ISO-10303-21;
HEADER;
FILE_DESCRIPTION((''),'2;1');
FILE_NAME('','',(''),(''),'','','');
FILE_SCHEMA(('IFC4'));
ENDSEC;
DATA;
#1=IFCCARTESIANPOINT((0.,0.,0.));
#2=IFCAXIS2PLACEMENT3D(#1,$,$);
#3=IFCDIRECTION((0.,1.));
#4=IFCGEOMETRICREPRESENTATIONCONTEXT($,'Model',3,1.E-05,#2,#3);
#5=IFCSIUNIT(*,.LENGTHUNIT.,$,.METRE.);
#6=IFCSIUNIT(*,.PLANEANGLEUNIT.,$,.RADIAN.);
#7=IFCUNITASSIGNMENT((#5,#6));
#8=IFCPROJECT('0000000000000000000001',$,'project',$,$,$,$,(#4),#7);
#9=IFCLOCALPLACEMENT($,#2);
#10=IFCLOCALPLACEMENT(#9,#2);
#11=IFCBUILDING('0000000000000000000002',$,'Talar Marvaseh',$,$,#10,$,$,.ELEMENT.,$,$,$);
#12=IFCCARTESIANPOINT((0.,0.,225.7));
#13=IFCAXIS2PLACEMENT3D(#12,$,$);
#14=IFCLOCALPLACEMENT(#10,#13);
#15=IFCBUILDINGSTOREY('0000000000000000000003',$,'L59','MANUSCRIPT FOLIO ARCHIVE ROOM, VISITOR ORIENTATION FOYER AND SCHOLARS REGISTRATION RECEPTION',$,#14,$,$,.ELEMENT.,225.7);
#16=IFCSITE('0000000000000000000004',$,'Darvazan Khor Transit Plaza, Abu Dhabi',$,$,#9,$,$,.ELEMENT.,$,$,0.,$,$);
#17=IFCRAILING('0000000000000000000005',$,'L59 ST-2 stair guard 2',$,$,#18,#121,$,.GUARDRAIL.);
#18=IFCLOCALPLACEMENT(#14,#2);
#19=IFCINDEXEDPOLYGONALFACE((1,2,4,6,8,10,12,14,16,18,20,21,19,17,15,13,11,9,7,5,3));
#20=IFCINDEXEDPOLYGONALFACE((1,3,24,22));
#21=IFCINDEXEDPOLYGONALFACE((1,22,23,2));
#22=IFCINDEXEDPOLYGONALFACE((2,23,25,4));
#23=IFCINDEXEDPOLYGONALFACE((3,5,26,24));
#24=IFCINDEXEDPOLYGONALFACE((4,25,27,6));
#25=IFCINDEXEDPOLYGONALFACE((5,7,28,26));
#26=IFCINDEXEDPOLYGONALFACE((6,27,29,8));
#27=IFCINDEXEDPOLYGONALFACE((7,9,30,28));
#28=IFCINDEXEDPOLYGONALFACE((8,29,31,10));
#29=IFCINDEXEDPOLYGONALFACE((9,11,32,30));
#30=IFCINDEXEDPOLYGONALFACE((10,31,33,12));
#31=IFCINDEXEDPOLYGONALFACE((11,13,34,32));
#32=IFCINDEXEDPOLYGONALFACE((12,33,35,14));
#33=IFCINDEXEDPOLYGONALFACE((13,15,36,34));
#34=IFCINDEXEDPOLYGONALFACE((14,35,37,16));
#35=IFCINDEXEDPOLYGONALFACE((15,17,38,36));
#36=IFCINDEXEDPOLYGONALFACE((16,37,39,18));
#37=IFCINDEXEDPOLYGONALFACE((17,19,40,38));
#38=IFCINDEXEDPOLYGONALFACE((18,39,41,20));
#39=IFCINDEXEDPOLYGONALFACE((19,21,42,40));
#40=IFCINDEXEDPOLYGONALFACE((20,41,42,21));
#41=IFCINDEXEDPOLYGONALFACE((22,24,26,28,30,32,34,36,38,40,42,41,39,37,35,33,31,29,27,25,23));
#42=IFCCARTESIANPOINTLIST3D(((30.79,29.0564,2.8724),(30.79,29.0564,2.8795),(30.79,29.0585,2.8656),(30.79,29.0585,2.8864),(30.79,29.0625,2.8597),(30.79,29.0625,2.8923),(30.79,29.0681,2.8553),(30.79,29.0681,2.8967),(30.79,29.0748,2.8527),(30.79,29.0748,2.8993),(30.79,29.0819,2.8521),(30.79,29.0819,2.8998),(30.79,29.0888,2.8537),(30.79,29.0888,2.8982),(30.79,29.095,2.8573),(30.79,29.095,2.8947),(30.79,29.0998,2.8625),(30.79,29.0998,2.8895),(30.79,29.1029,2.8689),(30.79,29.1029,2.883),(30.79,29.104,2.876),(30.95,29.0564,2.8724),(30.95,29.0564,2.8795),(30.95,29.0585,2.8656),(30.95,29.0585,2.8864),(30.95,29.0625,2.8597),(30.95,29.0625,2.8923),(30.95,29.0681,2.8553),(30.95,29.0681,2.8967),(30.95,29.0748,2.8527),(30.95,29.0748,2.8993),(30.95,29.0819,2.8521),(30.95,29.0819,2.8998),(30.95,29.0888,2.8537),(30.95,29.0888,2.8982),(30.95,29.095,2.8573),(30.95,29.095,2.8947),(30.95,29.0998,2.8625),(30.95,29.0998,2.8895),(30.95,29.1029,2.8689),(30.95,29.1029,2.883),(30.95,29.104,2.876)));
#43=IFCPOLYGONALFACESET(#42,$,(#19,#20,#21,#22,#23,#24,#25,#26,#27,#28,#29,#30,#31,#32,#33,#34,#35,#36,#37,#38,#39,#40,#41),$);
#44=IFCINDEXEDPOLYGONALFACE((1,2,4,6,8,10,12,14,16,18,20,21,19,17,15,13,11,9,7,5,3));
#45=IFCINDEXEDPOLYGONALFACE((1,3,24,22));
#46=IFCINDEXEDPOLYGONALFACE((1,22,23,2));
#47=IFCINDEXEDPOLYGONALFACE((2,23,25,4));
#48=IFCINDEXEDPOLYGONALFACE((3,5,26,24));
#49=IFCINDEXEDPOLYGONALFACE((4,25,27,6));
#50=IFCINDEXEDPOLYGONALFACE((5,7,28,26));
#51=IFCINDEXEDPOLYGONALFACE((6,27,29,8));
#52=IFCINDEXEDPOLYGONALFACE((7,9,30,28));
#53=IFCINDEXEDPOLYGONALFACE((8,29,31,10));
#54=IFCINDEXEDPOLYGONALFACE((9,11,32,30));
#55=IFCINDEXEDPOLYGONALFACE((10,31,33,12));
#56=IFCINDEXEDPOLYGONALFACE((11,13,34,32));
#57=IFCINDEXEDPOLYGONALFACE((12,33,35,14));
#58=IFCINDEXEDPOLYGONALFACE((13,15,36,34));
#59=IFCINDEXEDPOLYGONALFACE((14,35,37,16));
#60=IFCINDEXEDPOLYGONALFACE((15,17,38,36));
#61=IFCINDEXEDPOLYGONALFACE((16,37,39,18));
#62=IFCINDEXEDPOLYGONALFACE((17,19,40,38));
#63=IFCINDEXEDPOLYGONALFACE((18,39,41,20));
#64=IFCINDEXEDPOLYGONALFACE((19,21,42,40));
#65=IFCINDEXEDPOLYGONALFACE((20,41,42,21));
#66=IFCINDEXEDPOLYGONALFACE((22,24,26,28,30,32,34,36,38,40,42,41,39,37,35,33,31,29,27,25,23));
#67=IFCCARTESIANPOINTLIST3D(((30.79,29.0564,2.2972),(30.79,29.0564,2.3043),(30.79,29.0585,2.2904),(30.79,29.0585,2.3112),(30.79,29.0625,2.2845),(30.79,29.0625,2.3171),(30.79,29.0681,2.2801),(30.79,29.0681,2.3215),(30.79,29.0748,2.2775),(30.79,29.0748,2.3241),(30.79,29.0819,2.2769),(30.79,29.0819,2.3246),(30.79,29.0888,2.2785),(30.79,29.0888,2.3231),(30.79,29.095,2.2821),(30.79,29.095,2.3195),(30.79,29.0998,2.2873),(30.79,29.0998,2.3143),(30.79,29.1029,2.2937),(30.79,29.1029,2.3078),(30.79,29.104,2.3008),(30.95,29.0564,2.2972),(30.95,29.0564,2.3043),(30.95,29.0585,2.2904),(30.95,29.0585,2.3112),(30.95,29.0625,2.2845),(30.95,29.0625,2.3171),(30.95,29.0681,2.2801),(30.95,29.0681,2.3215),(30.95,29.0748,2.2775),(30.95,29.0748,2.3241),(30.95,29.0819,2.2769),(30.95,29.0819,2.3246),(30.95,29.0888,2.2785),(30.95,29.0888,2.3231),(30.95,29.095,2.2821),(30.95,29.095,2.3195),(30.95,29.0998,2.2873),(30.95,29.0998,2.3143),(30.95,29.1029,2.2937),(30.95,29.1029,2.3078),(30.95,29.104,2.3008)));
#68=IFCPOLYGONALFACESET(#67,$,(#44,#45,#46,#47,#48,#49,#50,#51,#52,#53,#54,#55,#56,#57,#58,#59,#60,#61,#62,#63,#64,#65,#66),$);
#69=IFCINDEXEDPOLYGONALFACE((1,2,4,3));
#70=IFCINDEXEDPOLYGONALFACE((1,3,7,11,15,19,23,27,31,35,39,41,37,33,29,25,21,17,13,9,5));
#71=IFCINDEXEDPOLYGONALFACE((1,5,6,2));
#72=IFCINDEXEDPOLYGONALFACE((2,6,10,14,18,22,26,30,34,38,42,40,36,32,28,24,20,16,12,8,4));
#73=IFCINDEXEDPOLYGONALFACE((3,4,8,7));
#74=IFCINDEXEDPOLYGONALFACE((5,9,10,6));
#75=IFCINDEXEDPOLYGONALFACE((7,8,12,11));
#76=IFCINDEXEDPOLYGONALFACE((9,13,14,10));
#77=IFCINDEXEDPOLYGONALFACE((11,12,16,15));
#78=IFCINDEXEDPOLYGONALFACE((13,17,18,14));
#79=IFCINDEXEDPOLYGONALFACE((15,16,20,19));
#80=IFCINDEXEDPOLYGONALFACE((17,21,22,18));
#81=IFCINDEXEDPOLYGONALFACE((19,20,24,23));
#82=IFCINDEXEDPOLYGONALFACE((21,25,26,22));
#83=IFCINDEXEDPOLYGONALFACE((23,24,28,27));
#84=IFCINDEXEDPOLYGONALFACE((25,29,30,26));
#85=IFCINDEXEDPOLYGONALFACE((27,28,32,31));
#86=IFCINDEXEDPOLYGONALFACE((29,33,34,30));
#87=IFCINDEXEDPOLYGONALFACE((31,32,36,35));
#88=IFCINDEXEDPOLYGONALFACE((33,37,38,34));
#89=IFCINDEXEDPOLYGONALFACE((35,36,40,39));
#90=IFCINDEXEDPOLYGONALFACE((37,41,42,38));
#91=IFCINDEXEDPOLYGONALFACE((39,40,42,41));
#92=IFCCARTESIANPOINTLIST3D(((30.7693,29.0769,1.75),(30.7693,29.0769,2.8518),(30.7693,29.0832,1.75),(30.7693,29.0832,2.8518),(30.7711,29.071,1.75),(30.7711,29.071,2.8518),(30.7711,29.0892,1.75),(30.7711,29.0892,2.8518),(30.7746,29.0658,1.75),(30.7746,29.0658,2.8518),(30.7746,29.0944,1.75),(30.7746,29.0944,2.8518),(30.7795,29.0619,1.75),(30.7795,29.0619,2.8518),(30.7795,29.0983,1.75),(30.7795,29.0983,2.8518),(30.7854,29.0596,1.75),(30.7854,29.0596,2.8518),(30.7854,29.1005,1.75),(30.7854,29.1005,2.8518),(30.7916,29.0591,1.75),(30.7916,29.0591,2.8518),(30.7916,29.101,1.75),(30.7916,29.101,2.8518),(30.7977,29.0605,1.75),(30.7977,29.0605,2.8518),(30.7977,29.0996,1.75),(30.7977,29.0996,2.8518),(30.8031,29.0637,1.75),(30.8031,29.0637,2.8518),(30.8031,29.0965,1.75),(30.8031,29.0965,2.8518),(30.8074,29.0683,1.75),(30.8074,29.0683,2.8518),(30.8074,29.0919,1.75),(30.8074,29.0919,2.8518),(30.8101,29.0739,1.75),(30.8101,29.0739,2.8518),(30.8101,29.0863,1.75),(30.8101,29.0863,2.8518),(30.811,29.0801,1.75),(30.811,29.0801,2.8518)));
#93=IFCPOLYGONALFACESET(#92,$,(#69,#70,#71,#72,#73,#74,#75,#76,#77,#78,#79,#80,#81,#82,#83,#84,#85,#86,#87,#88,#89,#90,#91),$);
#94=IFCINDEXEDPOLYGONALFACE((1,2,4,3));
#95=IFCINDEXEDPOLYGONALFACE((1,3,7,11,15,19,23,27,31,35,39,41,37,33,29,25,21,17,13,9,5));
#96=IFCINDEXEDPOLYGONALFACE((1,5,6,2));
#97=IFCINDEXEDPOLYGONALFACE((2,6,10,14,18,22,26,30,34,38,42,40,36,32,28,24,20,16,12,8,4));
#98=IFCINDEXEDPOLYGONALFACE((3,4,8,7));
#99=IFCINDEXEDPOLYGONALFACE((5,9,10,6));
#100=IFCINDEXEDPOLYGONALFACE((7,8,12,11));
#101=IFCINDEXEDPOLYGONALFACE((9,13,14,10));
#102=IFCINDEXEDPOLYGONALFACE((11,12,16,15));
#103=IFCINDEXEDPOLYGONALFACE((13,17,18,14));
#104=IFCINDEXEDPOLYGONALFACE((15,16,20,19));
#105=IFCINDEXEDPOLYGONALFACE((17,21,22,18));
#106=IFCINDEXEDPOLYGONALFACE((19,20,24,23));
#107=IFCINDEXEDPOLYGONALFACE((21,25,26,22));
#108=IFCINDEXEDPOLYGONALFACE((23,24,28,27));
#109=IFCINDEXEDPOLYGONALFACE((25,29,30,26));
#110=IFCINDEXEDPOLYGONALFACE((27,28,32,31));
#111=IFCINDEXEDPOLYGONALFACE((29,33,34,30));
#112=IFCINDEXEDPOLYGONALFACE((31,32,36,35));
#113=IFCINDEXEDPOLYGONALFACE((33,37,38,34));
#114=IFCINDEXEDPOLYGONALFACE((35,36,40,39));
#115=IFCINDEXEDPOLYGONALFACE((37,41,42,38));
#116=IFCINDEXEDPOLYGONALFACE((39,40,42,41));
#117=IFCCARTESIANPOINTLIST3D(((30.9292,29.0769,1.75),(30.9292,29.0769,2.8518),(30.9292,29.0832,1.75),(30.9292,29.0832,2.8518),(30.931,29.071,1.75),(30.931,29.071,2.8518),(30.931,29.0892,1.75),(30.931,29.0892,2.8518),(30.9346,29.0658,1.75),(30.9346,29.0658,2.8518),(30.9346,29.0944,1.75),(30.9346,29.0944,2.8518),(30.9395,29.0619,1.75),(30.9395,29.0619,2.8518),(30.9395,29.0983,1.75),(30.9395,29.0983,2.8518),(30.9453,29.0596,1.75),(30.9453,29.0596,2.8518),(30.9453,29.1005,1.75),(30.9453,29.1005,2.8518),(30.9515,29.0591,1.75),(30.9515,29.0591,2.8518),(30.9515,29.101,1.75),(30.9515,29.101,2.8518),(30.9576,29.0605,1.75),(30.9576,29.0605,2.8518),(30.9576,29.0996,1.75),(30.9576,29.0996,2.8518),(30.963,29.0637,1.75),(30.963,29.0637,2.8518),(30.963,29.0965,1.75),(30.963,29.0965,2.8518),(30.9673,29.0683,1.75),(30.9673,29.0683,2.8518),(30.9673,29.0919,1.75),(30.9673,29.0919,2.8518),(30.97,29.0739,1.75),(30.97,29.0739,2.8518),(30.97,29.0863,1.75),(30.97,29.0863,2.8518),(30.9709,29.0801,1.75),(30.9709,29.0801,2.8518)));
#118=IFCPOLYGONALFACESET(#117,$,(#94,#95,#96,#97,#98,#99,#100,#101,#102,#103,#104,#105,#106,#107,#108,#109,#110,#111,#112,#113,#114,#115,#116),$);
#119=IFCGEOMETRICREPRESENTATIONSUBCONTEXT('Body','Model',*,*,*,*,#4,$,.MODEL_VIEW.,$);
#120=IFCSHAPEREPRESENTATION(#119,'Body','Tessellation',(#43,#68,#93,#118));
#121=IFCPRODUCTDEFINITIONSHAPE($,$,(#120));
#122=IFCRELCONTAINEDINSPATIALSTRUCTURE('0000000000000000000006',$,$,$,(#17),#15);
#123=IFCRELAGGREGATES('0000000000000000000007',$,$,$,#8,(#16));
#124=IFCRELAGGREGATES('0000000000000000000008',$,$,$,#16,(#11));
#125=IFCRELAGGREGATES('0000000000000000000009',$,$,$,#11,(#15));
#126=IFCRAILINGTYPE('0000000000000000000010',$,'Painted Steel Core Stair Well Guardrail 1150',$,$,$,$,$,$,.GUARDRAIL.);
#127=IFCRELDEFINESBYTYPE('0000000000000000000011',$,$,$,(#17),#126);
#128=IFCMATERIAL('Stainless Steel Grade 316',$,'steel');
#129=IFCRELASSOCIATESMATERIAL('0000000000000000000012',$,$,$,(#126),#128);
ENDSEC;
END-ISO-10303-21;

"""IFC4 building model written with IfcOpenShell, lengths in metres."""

from ifc_helpers import new_model, si_unit, direction, frame, origin, origin_2d, place, context, subcontext, project, spatial, circle, extrude, material, type_object, element, save


model = new_model("IFC4")

# Units and contexts
model_context = context("Model", 3, precision=1e-05, world=origin(), true_north=direction((0.0, 1.0)))
body_context = subcontext(model_context, "Body", "Model", "MODEL_VIEW")
ifc_project = project(units=[si_unit("LENGTHUNIT", "METRE"), si_unit("PLANEANGLEUNIT", "RADIAN")], contexts=[model_context])

# Site, building, storey
site_placement = place(None, origin())
site = spatial("IfcSite", under=ifc_project, at=site_placement, Name="Darvazan Khor Transit Plaza, Abu Dhabi", CompositionType="ELEMENT", RefElevation=0.0)
building_placement = place(site_placement, origin())
building = spatial("IfcBuilding", under=site, at=building_placement, Name="Talar Marvaseh", CompositionType="ELEMENT")
storey_placement = place(building_placement, frame((0.0, 0.0, 225.7)))
storey = spatial("IfcBuildingStorey", under=building, at=storey_placement, Name="L59", Description="MANUSCRIPT FOLIO ARCHIVE ROOM, VISITOR ORIENTATION FOYER AND SCHOLARS REGISTRATION RECEPTION", CompositionType="ELEMENT", Elevation=225.7)

# Shared definitions
ifc_material_1 = material(Name="Stainless Steel Grade 316", Category="steel")

# Railing
railing_type_1 = type_object("IfcRailingType", Name="Painted Steel Core Stair Well Guardrail 1150", PredefinedType="GUARDRAIL", material=ifc_material_1)
railing_1_placement = place(storey_placement, frame((30.79, 29.0801, 1.75)))
element("IfcRailing", 1, at=railing_1_placement, inside=storey, type_object=railing_type_1, Name="L59 ST-2 stair guard 2", PredefinedType="GUARDRAIL", context=body_context, shape_type="SweptSolid", body=[
    extrude(circle(Radius=0.0239, at=origin_2d()), frame((0.0, 0.0, 1.126), z_axis=(1.0, 0.0, 0.0), x_axis=(0.0, 1.0, 0.0)), (0.0, 0.0, 1.0), 0.1599),
    extrude(circle(Radius=0.0239, at=origin_2d()), frame((0.0, 0.0, 0.5508), z_axis=(1.0, 0.0, 0.0), x_axis=(0.0, 1.0, 0.0)), (0.0, 0.0, 1.0), 0.1599),
    extrude(circle(Radius=0.021, at=origin_2d()), origin(), (0.0, 0.0, 1.0), 1.1018),
    extrude(circle(Radius=0.021, at=origin_2d()), frame((0.1599, 0.0, 0.0)), (0.0, 0.0, 1.0), 1.1018),
])

save(model, "model.ifc")
